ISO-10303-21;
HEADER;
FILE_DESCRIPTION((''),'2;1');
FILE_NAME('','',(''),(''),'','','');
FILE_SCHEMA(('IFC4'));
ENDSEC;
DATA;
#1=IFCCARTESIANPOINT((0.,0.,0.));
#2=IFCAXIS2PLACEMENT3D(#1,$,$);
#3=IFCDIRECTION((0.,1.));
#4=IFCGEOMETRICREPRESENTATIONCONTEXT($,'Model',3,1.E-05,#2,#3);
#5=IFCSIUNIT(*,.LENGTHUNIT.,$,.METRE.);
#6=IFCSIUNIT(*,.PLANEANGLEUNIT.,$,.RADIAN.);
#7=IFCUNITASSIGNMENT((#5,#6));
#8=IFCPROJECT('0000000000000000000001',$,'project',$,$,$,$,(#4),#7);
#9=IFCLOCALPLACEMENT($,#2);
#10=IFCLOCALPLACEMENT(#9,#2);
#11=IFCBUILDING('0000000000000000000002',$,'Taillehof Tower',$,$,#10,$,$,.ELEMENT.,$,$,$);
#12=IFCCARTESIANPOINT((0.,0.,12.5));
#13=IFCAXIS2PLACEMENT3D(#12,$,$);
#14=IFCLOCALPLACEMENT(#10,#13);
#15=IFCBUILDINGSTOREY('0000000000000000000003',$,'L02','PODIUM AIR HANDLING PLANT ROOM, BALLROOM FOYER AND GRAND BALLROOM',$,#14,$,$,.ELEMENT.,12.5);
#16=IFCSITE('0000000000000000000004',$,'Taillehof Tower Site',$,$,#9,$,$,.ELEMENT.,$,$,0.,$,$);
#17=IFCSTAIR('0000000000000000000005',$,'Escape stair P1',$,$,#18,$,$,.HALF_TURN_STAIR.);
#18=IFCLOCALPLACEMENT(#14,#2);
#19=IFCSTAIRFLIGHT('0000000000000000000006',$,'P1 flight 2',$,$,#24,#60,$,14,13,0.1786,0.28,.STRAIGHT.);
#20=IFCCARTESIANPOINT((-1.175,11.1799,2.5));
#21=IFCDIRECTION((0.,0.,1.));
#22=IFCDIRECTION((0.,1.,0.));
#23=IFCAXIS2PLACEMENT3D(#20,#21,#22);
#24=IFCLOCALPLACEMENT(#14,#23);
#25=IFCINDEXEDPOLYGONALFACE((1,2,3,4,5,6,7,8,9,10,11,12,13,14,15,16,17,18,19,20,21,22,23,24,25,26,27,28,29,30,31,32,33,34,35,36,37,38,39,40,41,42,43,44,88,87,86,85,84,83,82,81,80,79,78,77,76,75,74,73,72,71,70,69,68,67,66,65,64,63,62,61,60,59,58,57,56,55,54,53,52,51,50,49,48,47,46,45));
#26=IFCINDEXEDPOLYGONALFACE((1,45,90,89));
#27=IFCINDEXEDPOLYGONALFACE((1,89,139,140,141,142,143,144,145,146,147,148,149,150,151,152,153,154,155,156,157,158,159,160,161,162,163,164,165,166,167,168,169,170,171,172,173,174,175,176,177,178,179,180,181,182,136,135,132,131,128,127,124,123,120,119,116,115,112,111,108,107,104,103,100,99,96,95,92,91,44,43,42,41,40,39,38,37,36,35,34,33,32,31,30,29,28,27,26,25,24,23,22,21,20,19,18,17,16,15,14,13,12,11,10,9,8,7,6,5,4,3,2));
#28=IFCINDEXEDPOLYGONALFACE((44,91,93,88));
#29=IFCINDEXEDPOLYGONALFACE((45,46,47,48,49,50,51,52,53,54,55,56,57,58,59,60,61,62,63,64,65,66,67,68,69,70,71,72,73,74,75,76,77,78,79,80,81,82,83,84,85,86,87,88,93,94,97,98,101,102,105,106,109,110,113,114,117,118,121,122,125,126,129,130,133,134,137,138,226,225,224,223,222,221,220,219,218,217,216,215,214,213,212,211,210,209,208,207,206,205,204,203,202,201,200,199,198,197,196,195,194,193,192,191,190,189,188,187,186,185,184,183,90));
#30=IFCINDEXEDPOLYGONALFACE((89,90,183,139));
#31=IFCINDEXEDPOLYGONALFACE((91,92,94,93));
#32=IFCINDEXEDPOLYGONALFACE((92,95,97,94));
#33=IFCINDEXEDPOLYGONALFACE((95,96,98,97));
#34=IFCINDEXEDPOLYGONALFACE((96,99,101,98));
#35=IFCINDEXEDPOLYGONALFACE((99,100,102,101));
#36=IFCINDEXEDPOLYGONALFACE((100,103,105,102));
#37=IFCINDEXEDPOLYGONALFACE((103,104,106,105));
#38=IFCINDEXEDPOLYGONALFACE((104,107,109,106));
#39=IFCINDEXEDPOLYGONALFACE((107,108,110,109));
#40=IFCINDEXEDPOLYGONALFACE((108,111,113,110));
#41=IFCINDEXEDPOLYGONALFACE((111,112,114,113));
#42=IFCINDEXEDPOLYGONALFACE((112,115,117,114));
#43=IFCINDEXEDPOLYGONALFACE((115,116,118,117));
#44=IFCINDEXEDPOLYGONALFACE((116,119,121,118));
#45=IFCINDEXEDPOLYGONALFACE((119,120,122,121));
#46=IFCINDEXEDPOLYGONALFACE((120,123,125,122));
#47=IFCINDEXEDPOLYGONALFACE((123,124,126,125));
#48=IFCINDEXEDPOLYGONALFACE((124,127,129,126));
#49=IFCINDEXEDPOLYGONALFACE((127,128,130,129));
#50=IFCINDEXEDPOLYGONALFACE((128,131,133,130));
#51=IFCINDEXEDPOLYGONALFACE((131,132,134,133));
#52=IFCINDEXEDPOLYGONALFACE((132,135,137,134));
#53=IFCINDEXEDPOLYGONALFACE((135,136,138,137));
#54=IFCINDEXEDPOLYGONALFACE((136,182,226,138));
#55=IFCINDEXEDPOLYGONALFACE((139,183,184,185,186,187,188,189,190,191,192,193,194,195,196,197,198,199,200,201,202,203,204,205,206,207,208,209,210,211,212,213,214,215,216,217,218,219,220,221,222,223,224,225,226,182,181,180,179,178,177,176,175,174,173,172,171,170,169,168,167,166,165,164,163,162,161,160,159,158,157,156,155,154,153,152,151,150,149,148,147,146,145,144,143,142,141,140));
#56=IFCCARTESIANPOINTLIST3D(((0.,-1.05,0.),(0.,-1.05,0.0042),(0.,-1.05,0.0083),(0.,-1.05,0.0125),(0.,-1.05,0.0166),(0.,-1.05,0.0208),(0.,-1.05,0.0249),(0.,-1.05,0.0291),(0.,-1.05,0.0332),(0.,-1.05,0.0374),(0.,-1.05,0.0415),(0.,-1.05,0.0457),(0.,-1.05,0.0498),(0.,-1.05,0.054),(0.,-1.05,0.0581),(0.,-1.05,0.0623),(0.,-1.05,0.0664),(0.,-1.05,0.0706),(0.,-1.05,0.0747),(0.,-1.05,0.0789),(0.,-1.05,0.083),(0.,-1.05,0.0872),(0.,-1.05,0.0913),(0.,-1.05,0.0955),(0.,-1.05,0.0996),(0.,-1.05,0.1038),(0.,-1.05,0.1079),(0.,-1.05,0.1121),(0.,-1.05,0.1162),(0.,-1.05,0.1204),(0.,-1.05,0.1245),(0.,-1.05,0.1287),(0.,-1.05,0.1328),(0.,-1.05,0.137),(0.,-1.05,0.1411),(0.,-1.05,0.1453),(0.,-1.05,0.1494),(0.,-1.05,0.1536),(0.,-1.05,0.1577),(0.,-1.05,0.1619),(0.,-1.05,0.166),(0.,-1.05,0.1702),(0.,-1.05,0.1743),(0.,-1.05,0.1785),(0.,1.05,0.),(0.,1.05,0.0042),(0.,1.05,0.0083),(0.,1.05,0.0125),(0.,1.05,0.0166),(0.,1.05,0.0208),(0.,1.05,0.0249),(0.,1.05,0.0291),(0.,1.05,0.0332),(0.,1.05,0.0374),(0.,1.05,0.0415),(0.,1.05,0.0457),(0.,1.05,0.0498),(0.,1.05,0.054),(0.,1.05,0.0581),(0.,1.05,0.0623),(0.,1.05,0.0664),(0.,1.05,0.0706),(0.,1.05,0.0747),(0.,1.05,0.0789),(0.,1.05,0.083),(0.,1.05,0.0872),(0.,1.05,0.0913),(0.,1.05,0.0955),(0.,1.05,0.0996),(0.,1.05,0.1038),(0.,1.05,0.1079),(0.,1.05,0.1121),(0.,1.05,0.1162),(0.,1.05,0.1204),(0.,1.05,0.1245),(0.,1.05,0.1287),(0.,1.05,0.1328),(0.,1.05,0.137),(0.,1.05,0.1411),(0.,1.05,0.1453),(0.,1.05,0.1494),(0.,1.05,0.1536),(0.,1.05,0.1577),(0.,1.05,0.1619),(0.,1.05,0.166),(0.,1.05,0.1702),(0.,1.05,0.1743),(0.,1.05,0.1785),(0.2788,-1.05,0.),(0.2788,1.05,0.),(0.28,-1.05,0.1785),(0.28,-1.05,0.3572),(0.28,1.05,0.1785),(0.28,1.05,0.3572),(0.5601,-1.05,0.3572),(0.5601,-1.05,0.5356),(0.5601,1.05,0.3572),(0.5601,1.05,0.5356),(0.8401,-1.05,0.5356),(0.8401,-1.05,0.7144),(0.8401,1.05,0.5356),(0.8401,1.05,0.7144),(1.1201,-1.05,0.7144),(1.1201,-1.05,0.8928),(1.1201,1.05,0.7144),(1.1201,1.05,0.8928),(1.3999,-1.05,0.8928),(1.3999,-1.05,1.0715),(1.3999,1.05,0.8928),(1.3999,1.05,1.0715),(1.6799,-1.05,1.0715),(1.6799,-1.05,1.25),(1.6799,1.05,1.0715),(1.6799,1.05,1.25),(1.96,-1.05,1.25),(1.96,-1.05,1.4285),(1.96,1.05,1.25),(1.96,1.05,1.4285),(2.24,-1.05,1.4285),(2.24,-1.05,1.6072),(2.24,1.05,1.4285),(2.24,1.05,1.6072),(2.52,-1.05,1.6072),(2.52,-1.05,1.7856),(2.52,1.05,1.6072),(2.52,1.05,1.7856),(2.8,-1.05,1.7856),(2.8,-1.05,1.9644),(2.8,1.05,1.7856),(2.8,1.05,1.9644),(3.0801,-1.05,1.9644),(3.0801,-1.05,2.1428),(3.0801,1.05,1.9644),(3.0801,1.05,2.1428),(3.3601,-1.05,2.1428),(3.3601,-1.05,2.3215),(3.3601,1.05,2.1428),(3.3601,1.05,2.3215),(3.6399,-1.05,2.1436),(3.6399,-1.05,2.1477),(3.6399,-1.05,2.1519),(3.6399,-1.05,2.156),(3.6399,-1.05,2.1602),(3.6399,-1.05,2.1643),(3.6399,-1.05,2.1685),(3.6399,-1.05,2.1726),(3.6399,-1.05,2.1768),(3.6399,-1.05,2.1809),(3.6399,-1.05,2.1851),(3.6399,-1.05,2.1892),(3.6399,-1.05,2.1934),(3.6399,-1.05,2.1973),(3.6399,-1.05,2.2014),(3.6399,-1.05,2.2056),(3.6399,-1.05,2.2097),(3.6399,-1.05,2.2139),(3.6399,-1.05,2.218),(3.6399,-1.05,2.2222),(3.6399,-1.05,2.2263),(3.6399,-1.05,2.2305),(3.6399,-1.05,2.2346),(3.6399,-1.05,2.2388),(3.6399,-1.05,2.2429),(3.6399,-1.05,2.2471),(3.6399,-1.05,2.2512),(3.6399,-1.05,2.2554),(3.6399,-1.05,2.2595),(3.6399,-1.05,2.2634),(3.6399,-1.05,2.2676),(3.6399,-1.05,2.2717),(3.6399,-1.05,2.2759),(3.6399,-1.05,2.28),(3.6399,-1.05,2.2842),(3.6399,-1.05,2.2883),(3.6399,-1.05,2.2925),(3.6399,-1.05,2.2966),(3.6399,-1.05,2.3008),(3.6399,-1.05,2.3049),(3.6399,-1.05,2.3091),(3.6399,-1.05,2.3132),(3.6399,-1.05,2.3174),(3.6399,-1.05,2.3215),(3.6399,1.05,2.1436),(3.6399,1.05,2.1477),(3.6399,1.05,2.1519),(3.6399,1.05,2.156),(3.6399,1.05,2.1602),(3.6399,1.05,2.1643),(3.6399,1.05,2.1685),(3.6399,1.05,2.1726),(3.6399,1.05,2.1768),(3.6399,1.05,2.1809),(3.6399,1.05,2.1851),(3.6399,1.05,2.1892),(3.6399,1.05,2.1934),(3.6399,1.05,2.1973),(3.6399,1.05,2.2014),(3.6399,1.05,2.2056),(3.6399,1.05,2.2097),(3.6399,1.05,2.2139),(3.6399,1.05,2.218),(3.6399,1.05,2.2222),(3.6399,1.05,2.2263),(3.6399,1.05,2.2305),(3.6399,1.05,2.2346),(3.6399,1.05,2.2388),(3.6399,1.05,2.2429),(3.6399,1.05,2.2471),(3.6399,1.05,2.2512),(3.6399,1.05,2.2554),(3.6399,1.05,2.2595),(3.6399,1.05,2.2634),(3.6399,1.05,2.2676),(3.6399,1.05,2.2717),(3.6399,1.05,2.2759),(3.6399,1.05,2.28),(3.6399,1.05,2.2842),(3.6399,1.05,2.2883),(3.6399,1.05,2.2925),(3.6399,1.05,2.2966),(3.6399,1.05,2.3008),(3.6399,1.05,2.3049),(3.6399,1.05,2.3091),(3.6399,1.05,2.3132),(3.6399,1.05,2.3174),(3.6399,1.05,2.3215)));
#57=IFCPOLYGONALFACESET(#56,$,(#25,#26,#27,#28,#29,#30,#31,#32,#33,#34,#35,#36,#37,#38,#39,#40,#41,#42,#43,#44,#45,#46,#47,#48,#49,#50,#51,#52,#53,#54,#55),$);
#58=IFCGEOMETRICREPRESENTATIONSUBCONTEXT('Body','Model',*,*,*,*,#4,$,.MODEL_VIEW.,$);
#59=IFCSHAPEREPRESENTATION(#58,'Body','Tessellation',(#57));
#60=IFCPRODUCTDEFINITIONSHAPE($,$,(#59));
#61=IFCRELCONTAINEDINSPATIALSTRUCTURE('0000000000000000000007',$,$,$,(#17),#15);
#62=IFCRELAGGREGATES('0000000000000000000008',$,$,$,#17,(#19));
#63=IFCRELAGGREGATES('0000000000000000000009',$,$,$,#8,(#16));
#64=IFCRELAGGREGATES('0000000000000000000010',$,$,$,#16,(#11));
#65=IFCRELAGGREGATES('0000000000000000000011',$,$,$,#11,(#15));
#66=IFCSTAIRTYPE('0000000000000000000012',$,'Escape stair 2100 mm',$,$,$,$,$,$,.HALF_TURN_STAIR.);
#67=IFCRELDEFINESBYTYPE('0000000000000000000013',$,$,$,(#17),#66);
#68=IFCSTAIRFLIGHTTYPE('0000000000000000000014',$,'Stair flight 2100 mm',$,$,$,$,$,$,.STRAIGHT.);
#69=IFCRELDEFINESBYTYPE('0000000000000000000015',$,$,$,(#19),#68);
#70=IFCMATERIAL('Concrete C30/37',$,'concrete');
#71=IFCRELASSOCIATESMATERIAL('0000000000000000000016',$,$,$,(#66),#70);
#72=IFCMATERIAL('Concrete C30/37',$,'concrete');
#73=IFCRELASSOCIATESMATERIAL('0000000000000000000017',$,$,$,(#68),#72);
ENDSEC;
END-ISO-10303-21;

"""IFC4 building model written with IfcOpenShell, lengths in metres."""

from ifc_helpers import new_model, si_unit, direction, frame, origin, place, context, subcontext, project, spatial, polyline, outline, extrude, material, type_object, element, aggregate, save


model = new_model("IFC4")

# Units and contexts
model_context = context("Model", 3, precision=1e-05, world=origin(), true_north=direction((0.0, 1.0)))
body_context = subcontext(model_context, "Body", "Model", "MODEL_VIEW")
ifc_project = project(units=[si_unit("LENGTHUNIT", "METRE"), si_unit("PLANEANGLEUNIT", "RADIAN")], contexts=[model_context])

# Site, building, storey
site_placement = place(None, origin())
site = spatial("IfcSite", under=ifc_project, at=site_placement, Name="Taillehof Tower Site", CompositionType="ELEMENT", RefElevation=0.0)
building_placement = place(site_placement, origin())
building = spatial("IfcBuilding", under=site, at=building_placement, Name="Taillehof Tower", CompositionType="ELEMENT")
storey_placement = place(building_placement, frame((0.0, 0.0, 12.5)))
storey = spatial("IfcBuildingStorey", under=building, at=storey_placement, Name="L02", Description="PODIUM AIR HANDLING PLANT ROOM, BALLROOM FOYER AND GRAND BALLROOM", CompositionType="ELEMENT", Elevation=12.5)

# Stair, stair flight
ifc_material_1 = material(Name="Concrete C30/37", Category="concrete")
stair_type_1 = type_object("IfcStairType", Name="Escape stair 2100 mm", PredefinedType="HALF_TURN_STAIR", material=ifc_material_1)
stair_1_placement = place(storey_placement, origin())
stair_1 = element("IfcStair", 1, at=stair_1_placement, inside=storey, type_object=stair_type_1, Name="Escape stair P1", PredefinedType="HALF_TURN_STAIR")
ifc_material_2 = material(Name="Concrete C30/37", Category="concrete")
stair_flight_type_1 = type_object("IfcStairFlightType", Name="Stair flight 2100 mm", PredefinedType="STRAIGHT", material=ifc_material_2)
stair_flight_1_placement = place(storey_placement, frame((-1.175, 11.1799, 2.5), z_axis=(0.0, 0.0, 1.0), x_axis=(0.0, 1.0, 0.0)))
stair_flight_1 = element("IfcStairFlight", 2, at=stair_flight_1_placement, type_object=stair_flight_type_1, Name="P1 flight 2", NumberOfRisers=14, NumberOfTreads=13, PredefinedType="STRAIGHT", RiserHeight=0.1786, TreadLength=0.28, context=body_context, shape_type="SweptSolid", body=[
    extrude(outline(polyline([(0.0, 0.0), (0.0, 0.0042), (0.0, 0.0083), (0.0, 0.0125), (0.0, 0.0166), (0.0, 0.0208), (0.0, 0.0249), (0.0, 0.0291), (0.0, 0.0332), (0.0, 0.0374), (0.0, 0.0415), (0.0, 0.0457), (0.0, 0.0498), (0.0, 0.054), (0.0, 0.0581), (0.0, 0.0623), (0.0, 0.0664), (0.0, 0.0706), (0.0, 0.0747), (0.0, 0.0789), (0.0, 0.083), (0.0, 0.0872), (0.0, 0.0913), (0.0, 0.0955), (0.0, 0.0996), (0.0, 0.1038), (0.0, 0.1079), (0.0, 0.1121), (0.0, 0.1162), (0.0, 0.1204), (0.0, 0.1245), (0.0, 0.1287), (0.0, 0.1328), (0.0, 0.137), (0.0, 0.1411), (0.0, 0.1453), (0.0, 0.1494), (0.0, 0.1536), (0.0, 0.1577), (0.0, 0.1619), (0.0, 0.166), (0.0, 0.1702), (0.0, 0.1743), (0.0, 0.1785), (0.28, 0.1785), (0.28, 0.3572), (0.5601, 0.3572), (0.5601, 0.5356), (0.8401, 0.5356), (0.8401, 0.7144), (1.1201, 0.7144), (1.1201, 0.8928), (1.3999, 0.8928), (1.3999, 1.0715), (1.6799, 1.0715), (1.6799, 1.25), (1.96, 1.25), (1.96, 1.4285), (2.24, 1.4285), (2.24, 1.6072), (2.52, 1.6072), (2.52, 1.7856), (2.8, 1.7856), (2.8, 1.9644), (3.0801, 1.9644), (3.0801, 2.1428), (3.3601, 2.1428), (3.3601, 2.3215), (3.6399, 2.3215), (3.6399, 2.3174), (3.6399, 2.3132), (3.6399, 2.3091), (3.6399, 2.3049), (3.6399, 2.3008), (3.6399, 2.2966), (3.6399, 2.2925), (3.6399, 2.2883), (3.6399, 2.2842), (3.6399, 2.28), (3.6399, 2.2759), (3.6399, 2.2717), (3.6399, 2.2676), (3.6399, 2.2634), (3.6399, 2.2595), (3.6399, 2.2554), (3.6399, 2.2512), (3.6399, 2.2471), (3.6399, 2.2429), (3.6399, 2.2388), (3.6399, 2.2346), (3.6399, 2.2305), (3.6399, 2.2263), (3.6399, 2.2222), (3.6399, 2.218), (3.6399, 2.2139), (3.6399, 2.2097), (3.6399, 2.2056), (3.6399, 2.2014), (3.6399, 2.1973), (3.6399, 2.1934), (3.6399, 2.1892), (3.6399, 2.1851), (3.6399, 2.1809), (3.6399, 2.1768), (3.6399, 2.1726), (3.6399, 2.1685), (3.6399, 2.1643), (3.6399, 2.1602), (3.6399, 2.156), (3.6399, 2.1519), (3.6399, 2.1477), (3.6399, 2.1436), (0.2788, 0.0), (0.0, 0.0)])), frame((0.0, 1.05, 0.0), z_axis=(0.0, -1.0, 0.0), x_axis=(1.0, 0.0, 0.0)), (0.0, 0.0, 1.0), 2.1),
])
aggregate(stair_1, [stair_flight_1])

save(model, "model.ifc")
